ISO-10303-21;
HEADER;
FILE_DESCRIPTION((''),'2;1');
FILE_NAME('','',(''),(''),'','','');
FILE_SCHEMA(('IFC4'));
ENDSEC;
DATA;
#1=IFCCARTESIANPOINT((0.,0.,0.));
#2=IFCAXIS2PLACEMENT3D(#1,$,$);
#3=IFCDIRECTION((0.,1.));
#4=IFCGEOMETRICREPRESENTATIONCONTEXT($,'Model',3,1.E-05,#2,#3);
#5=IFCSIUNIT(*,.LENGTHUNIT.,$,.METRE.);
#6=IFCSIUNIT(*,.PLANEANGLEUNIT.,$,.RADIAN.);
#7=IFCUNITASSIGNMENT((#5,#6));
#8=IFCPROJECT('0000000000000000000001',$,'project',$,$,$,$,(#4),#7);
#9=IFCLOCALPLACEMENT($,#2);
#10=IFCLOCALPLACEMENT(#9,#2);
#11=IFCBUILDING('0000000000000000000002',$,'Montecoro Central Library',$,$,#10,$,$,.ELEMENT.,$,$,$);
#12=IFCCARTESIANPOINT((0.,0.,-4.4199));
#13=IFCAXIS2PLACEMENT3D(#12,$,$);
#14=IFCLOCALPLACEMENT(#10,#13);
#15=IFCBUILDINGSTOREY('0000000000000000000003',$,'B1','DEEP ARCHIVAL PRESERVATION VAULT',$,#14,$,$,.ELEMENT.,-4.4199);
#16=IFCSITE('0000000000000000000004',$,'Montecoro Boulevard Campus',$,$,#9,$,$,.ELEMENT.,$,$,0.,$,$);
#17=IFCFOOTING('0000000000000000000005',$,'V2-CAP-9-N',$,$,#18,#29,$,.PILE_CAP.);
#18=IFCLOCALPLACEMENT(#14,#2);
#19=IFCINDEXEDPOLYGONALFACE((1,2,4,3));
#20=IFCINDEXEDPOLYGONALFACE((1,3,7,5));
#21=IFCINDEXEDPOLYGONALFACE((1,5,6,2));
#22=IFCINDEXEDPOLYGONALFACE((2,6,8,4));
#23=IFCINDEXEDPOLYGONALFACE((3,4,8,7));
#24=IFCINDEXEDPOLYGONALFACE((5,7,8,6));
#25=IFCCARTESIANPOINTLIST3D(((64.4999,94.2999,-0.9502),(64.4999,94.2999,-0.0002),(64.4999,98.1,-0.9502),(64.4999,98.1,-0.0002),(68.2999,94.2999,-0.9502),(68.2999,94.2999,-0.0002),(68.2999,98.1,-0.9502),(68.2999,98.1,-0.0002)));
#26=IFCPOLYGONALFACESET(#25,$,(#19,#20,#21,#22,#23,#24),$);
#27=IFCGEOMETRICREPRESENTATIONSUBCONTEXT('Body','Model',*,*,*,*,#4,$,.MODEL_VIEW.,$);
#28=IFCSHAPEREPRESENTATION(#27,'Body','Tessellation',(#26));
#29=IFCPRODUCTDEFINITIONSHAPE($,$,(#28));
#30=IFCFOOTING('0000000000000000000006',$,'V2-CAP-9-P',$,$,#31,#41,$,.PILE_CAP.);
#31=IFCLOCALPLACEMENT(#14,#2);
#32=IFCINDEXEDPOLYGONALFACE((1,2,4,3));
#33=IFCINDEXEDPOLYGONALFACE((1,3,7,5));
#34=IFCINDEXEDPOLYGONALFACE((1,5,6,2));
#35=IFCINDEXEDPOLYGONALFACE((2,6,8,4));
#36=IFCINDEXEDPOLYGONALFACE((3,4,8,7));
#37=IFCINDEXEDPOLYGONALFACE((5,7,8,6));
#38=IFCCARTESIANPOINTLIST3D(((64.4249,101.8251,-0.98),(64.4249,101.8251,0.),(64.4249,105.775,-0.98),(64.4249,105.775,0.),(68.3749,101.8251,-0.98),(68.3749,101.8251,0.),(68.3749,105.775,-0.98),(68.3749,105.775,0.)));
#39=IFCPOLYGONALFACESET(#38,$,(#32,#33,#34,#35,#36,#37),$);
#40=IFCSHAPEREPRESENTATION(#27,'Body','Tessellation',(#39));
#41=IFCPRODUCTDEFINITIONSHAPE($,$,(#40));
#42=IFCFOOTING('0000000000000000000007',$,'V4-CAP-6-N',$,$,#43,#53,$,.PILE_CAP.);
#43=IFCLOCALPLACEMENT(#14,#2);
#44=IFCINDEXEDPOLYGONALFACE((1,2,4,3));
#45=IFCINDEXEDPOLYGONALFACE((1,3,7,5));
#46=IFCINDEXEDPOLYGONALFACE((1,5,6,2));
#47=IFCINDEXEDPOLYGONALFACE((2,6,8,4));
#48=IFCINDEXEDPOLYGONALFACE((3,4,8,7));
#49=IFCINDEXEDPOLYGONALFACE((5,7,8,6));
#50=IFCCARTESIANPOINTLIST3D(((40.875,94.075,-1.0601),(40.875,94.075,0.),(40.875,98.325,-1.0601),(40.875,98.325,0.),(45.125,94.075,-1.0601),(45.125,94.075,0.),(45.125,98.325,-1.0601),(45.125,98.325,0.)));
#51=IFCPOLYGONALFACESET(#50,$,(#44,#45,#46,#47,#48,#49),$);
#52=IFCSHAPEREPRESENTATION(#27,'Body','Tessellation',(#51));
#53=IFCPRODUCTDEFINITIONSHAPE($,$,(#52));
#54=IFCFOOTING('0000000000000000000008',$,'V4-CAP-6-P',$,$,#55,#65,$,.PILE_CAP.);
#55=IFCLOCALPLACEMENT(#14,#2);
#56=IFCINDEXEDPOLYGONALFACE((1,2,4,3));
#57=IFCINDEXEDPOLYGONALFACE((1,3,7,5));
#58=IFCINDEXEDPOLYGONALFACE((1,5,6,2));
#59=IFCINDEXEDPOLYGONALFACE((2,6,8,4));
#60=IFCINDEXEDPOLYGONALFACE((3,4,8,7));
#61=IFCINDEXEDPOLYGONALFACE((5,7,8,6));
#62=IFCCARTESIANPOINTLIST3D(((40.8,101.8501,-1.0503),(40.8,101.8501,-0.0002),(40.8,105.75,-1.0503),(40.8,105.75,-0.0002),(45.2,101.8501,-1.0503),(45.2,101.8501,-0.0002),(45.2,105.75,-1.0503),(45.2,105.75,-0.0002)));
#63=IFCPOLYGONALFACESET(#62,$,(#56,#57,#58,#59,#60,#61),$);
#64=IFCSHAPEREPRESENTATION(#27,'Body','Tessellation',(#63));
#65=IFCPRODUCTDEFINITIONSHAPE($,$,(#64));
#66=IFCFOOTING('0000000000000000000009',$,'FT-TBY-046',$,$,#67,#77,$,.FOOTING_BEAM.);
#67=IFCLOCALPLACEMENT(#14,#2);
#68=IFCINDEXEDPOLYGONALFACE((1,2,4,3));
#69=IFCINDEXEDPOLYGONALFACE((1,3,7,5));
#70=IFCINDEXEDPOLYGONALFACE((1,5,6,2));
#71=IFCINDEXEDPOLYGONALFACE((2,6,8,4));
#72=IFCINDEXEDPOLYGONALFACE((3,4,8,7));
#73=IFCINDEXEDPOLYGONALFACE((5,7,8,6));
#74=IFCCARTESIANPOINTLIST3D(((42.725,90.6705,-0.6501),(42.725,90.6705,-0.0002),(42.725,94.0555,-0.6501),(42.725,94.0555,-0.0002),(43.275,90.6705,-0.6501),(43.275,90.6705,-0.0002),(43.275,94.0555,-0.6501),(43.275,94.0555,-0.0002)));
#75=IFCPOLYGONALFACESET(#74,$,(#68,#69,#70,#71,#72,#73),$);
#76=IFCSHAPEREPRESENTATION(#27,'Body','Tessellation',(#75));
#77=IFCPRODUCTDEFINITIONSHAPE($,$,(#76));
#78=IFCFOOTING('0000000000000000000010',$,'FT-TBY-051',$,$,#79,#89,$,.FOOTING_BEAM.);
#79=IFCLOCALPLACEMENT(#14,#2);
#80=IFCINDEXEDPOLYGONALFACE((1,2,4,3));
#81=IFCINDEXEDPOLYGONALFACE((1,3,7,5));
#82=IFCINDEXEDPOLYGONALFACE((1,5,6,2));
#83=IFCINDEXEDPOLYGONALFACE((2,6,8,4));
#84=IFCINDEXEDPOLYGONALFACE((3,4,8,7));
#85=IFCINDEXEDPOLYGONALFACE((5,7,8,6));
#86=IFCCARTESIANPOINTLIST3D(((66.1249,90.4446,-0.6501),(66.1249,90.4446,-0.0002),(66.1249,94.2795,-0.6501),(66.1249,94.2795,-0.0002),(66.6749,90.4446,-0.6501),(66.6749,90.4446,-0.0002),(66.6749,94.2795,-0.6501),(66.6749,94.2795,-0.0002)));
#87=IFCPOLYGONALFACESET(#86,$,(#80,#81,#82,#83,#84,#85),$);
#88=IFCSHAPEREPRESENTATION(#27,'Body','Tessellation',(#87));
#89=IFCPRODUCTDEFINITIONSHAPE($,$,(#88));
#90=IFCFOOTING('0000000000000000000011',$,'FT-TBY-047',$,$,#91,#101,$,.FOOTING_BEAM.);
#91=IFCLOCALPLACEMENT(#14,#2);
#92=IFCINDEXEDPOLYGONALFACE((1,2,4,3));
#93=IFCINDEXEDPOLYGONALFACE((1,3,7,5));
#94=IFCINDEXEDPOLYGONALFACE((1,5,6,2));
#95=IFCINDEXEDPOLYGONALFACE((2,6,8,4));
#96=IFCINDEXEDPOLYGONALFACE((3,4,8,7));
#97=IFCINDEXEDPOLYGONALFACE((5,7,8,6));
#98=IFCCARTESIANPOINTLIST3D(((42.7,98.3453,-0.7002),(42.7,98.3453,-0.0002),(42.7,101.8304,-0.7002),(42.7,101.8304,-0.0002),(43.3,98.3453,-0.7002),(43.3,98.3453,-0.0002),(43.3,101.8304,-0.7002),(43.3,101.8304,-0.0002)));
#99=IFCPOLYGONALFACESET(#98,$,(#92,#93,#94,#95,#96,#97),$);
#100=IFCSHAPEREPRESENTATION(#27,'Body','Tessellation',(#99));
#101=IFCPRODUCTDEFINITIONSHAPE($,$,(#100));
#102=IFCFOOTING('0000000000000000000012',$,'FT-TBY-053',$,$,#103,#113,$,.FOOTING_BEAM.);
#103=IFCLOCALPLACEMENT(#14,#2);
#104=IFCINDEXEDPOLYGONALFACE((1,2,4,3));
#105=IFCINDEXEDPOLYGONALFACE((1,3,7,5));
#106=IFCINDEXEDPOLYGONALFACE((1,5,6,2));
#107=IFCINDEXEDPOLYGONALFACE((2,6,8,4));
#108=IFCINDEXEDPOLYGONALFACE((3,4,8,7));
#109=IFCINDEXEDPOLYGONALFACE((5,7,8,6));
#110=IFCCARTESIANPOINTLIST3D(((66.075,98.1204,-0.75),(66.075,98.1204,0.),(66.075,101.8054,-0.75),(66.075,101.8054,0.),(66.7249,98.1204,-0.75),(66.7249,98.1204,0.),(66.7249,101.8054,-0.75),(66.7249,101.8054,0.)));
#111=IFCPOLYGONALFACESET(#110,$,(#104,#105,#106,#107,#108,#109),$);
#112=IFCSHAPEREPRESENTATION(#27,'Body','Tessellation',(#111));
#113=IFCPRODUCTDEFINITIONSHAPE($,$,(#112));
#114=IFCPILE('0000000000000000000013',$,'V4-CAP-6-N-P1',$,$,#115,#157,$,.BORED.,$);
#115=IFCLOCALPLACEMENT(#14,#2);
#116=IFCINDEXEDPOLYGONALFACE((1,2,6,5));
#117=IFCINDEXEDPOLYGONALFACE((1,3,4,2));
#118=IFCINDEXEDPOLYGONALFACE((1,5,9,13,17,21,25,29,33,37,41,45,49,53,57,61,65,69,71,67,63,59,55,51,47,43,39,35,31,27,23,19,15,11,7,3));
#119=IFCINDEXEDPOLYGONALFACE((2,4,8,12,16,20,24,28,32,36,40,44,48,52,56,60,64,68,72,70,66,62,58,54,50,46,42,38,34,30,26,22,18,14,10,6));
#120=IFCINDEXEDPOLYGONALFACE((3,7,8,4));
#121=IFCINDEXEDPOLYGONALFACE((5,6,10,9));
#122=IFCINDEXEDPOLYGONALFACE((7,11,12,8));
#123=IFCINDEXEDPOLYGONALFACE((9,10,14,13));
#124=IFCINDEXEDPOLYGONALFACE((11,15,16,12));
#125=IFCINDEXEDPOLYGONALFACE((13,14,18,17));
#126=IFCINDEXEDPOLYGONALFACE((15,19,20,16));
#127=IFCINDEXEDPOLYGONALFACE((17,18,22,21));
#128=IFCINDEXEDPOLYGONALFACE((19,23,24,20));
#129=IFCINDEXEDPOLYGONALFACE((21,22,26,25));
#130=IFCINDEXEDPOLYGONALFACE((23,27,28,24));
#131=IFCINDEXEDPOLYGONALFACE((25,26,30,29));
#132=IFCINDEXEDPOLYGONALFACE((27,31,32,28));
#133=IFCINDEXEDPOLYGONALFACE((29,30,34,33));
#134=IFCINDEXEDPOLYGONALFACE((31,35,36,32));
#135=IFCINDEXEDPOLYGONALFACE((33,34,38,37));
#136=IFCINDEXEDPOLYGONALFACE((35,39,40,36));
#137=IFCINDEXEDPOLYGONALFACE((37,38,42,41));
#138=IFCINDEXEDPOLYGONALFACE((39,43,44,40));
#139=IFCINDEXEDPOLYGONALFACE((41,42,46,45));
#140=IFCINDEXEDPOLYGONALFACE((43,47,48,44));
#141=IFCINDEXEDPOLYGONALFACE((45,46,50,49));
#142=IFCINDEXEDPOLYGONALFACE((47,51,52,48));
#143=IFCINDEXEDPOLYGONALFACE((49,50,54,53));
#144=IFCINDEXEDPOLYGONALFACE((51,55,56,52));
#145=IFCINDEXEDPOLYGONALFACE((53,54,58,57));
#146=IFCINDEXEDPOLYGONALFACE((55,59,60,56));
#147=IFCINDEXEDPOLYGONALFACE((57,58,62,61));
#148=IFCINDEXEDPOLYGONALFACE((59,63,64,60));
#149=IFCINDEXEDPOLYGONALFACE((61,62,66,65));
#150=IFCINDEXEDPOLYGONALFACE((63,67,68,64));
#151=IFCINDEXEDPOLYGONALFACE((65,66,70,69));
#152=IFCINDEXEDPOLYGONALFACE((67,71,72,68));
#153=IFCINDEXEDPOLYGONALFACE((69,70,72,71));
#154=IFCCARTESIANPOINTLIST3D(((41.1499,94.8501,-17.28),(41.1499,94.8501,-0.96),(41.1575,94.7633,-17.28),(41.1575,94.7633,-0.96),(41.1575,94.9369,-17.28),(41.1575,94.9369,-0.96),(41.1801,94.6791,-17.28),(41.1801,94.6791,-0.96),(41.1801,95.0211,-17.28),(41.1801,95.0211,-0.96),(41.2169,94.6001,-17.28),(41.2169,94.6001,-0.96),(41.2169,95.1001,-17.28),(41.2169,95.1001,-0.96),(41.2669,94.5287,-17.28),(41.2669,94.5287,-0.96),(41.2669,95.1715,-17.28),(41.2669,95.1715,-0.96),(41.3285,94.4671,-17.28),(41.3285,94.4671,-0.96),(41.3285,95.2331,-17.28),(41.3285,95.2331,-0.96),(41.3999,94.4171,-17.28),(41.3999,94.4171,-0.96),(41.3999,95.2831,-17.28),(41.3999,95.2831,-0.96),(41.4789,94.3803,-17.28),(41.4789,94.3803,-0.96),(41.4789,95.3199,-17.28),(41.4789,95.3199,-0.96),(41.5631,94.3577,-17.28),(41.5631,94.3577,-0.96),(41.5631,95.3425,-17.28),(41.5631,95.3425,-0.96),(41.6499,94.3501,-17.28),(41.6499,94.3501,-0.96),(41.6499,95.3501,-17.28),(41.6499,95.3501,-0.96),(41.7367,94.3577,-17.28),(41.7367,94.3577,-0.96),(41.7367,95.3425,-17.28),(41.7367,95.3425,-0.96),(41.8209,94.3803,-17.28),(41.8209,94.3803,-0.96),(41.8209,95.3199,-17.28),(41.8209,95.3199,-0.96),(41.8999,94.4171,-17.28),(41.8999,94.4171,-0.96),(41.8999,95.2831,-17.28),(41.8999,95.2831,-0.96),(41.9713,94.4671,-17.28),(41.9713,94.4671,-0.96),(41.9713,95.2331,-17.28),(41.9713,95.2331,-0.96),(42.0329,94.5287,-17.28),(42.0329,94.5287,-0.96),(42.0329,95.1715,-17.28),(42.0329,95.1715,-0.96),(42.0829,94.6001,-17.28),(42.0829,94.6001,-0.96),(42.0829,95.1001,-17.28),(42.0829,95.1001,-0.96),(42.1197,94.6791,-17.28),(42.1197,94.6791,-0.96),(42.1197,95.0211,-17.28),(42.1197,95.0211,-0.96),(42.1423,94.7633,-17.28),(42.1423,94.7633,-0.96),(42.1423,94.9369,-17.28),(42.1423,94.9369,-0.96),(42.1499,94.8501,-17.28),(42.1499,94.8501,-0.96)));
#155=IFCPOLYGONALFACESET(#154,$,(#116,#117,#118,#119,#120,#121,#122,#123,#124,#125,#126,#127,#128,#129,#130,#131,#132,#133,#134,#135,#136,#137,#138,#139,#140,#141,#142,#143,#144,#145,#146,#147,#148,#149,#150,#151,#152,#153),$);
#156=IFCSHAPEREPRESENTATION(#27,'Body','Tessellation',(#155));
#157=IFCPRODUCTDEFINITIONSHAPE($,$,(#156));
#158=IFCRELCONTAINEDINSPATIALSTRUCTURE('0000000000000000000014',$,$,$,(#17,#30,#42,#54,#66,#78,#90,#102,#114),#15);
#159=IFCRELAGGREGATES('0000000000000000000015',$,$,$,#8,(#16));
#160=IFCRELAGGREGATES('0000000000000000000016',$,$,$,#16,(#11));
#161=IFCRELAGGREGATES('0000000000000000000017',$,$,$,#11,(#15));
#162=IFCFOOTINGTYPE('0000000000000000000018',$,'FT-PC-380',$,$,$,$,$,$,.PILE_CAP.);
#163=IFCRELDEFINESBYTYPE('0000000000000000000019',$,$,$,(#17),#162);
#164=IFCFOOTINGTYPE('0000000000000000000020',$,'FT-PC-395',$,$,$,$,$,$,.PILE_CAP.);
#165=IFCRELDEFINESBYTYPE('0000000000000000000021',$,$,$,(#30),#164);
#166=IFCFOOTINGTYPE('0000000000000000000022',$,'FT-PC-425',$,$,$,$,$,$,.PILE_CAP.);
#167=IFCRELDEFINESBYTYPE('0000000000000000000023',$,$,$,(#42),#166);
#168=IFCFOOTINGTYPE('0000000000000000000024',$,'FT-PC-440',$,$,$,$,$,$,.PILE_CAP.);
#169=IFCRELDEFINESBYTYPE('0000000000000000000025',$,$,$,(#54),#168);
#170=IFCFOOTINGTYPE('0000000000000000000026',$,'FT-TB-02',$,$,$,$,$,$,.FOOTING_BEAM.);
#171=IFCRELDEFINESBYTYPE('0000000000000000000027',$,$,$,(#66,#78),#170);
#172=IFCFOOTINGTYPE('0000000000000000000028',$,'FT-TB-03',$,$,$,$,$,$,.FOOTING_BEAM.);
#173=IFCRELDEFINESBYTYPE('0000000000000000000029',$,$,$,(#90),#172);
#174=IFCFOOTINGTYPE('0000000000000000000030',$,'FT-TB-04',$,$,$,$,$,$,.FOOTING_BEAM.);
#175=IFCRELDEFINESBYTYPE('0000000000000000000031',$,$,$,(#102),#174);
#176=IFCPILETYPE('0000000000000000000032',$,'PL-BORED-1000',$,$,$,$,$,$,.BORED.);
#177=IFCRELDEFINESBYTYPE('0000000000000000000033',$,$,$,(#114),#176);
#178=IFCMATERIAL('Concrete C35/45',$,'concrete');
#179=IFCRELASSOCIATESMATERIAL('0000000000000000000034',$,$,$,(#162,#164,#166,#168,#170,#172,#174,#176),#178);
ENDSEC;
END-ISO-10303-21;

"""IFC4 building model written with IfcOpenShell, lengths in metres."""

from ifc_helpers import new_model, si_unit, direction, frame, origin, origin_2d, place, context, subcontext, project, spatial, rectangle, circle, extrude, material, material_profile, profile_set, type_object, element, save


model = new_model("IFC4")

# Units and contexts
model_context = context("Model", 3, precision=1e-05, world=origin(), true_north=direction((0.0, 1.0)))
body_context = subcontext(model_context, "Body", "Model", "MODEL_VIEW")
ifc_project = project(units=[si_unit("LENGTHUNIT", "METRE"), si_unit("PLANEANGLEUNIT", "RADIAN")], contexts=[model_context])

# Site, building, storey
site_placement = place(None, origin())
site = spatial("IfcSite", under=ifc_project, at=site_placement, Name="Montecoro Boulevard Campus", CompositionType="ELEMENT", RefElevation=0.0)
building_placement = place(site_placement, origin())
building = spatial("IfcBuilding", under=site, at=building_placement, Name="Montecoro Central Library", CompositionType="ELEMENT")
storey_placement = place(building_placement, frame((0.0, 0.0, -4.4199)))
storey = spatial("IfcBuildingStorey", under=building, at=storey_placement, Name="B1", Description="DEEP ARCHIVAL PRESERVATION VAULT", CompositionType="ELEMENT", Elevation=-4.4199)

# Footings
ifc_material_1 = material(Name="Concrete C35/45", Category="concrete")
footing_type_1 = type_object("IfcFootingType", Name="FT-PC-380", PredefinedType="PILE_CAP", material=ifc_material_1)
footing_1_placement = place(storey_placement, frame((66.3999, 96.2, -0.9502), z_axis=(0.0, 0.0, 1.0), x_axis=(1.0, 0.0, 0.0)))
element("IfcFooting", 1, at=footing_1_placement, inside=storey, type_object=footing_type_1, Name="V2-CAP-9-N", PredefinedType="PILE_CAP", context=body_context, shape_type="SweptSolid", body=[
    extrude(rectangle(XDim=3.8, YDim=3.8, at=origin_2d()), origin(), (0.0, 0.0, 1.0), 0.95),
])
footing_type_2 = type_object("IfcFootingType", Name="FT-PC-395", PredefinedType="PILE_CAP", material=ifc_material_1)
footing_2_placement = place(storey_placement, frame((66.3999, 103.8, -0.98), z_axis=(0.0, 0.0, 1.0), x_axis=(1.0, 0.0, 0.0)))
element("IfcFooting", 2, at=footing_2_placement, inside=storey, type_object=footing_type_2, Name="V2-CAP-9-P", PredefinedType="PILE_CAP", context=body_context, shape_type="SweptSolid", body=[
    extrude(rectangle(XDim=3.95, YDim=3.95, at=origin_2d()), origin(), (0.0, 0.0, 1.0), 0.98),
])
footing_type_3 = type_object("IfcFootingType", Name="FT-PC-425", PredefinedType="PILE_CAP", material=ifc_material_1)
footing_3_placement = place(storey_placement, frame((43.0, 96.2, -1.0601), z_axis=(0.0, 0.0, 1.0), x_axis=(1.0, 0.0, 0.0)))
element("IfcFooting", 3, at=footing_3_placement, inside=storey, type_object=footing_type_3, Name="V4-CAP-6-N", PredefinedType="PILE_CAP", context=body_context, shape_type="SweptSolid", body=[
    extrude(rectangle(XDim=4.25, YDim=4.25, at=origin_2d()), origin(), (0.0, 0.0, 1.0), 1.0601),
])
footing_type_4 = type_object("IfcFootingType", Name="FT-PC-440", PredefinedType="PILE_CAP", material=ifc_material_1)
footing_4_placement = place(storey_placement, frame((43.0, 103.8, -1.0503), z_axis=(0.0, 0.0, 1.0), x_axis=(1.0, 0.0, 0.0)))
element("IfcFooting", 4, at=footing_4_placement, inside=storey, type_object=footing_type_4, Name="V4-CAP-6-P", PredefinedType="PILE_CAP", context=body_context, shape_type="SweptSolid", body=[
    extrude(rectangle(XDim=4.3999, YDim=3.8999, at=origin_2d()), origin(), (0.0, 0.0, 1.0), 1.05),
])
footing_type_5 = type_object("IfcFootingType", Name="FT-TB-02", PredefinedType="FOOTING_BEAM", material=ifc_material_1)
footing_5_placement = place(storey_placement, frame((43.0, 92.363, -0.6501), z_axis=(0.0, 0.0, 1.0), x_axis=(1.0, 0.0, 0.0)))
element("IfcFooting", 5, at=footing_5_placement, inside=storey, type_object=footing_type_5, Name="FT-TBY-046", PredefinedType="FOOTING_BEAM", context=body_context, shape_type="SweptSolid", body=[
    extrude(rectangle(XDim=0.55, YDim=3.385, at=origin_2d()), origin(), (0.0, 0.0, 1.0), 0.6499),
])
footing_6_placement = place(storey_placement, frame((66.3999, 92.3621, -0.6501), z_axis=(0.0, 0.0, 1.0), x_axis=(1.0, 0.0, 0.0)))
element("IfcFooting", 6, at=footing_6_placement, inside=storey, type_object=footing_type_5, Name="FT-TBY-051", PredefinedType="FOOTING_BEAM", context=body_context, shape_type="SweptSolid", body=[
    extrude(rectangle(XDim=0.55, YDim=3.835, at=origin_2d()), origin(), (0.0, 0.0, 1.0), 0.6499),
])
footing_type_6 = type_object("IfcFootingType", Name="FT-TB-03", PredefinedType="FOOTING_BEAM", material=ifc_material_1)
footing_7_placement = place(storey_placement, frame((43.0, 100.0879, -0.7002), z_axis=(0.0, 0.0, 1.0), x_axis=(1.0, 0.0, 0.0)))
element("IfcFooting", 7, at=footing_7_placement, inside=storey, type_object=footing_type_6, Name="FT-TBY-047", PredefinedType="FOOTING_BEAM", context=body_context, shape_type="SweptSolid", body=[
    extrude(rectangle(XDim=0.6001, YDim=3.4851, at=origin_2d()), origin(), (0.0, 0.0, 1.0), 0.7),
])
footing_type_7 = type_object("IfcFootingType", Name="FT-TB-04", PredefinedType="FOOTING_BEAM", material=ifc_material_1)
footing_8_placement = place(storey_placement, frame((66.3999, 99.9629, -0.75), z_axis=(0.0, 0.0, 1.0), x_axis=(1.0, 0.0, 0.0)))
element("IfcFooting", 8, at=footing_8_placement, inside=storey, type_object=footing_type_7, Name="FT-TBY-053", PredefinedType="FOOTING_BEAM", context=body_context, shape_type="SweptSolid", body=[
    extrude(rectangle(XDim=0.6499, YDim=3.6851, at=origin_2d()), origin(), (0.0, 0.0, 1.0), 0.75),
])

# Pile
ifc_material_profile_1 = material_profile(ifc_material_1, circle(Radius=0.5, at=origin_2d()), Name="PILE D1000")
ifc_profile_set_1 = profile_set([ifc_material_profile_1], Name="Concrete C35/45")
pile_type_1 = type_object("IfcPileType", Name="PL-BORED-1000", PredefinedType="BORED", material=ifc_profile_set_1)
for number, where, z_axis, x_axis, name in (
    (9, (41.6499, 94.8501, -0.96), (0.0, 0.0, -1.0), (1.0, 0.0, 0.0), "V4-CAP-6-N-P1"),
):
    element("IfcPile", number, at=place(storey_placement, frame(where, z_axis=z_axis, x_axis=x_axis)), inside=storey, type_object=pile_type_1, Name=name, PredefinedType="BORED", context=body_context, shape_type="SweptSolid", body=[
        extrude(circle(Radius=0.5, at=origin_2d()), origin(), (0.0, 0.0, 1.0), 16.3201),
    ])

save(model, "model.ifc")
